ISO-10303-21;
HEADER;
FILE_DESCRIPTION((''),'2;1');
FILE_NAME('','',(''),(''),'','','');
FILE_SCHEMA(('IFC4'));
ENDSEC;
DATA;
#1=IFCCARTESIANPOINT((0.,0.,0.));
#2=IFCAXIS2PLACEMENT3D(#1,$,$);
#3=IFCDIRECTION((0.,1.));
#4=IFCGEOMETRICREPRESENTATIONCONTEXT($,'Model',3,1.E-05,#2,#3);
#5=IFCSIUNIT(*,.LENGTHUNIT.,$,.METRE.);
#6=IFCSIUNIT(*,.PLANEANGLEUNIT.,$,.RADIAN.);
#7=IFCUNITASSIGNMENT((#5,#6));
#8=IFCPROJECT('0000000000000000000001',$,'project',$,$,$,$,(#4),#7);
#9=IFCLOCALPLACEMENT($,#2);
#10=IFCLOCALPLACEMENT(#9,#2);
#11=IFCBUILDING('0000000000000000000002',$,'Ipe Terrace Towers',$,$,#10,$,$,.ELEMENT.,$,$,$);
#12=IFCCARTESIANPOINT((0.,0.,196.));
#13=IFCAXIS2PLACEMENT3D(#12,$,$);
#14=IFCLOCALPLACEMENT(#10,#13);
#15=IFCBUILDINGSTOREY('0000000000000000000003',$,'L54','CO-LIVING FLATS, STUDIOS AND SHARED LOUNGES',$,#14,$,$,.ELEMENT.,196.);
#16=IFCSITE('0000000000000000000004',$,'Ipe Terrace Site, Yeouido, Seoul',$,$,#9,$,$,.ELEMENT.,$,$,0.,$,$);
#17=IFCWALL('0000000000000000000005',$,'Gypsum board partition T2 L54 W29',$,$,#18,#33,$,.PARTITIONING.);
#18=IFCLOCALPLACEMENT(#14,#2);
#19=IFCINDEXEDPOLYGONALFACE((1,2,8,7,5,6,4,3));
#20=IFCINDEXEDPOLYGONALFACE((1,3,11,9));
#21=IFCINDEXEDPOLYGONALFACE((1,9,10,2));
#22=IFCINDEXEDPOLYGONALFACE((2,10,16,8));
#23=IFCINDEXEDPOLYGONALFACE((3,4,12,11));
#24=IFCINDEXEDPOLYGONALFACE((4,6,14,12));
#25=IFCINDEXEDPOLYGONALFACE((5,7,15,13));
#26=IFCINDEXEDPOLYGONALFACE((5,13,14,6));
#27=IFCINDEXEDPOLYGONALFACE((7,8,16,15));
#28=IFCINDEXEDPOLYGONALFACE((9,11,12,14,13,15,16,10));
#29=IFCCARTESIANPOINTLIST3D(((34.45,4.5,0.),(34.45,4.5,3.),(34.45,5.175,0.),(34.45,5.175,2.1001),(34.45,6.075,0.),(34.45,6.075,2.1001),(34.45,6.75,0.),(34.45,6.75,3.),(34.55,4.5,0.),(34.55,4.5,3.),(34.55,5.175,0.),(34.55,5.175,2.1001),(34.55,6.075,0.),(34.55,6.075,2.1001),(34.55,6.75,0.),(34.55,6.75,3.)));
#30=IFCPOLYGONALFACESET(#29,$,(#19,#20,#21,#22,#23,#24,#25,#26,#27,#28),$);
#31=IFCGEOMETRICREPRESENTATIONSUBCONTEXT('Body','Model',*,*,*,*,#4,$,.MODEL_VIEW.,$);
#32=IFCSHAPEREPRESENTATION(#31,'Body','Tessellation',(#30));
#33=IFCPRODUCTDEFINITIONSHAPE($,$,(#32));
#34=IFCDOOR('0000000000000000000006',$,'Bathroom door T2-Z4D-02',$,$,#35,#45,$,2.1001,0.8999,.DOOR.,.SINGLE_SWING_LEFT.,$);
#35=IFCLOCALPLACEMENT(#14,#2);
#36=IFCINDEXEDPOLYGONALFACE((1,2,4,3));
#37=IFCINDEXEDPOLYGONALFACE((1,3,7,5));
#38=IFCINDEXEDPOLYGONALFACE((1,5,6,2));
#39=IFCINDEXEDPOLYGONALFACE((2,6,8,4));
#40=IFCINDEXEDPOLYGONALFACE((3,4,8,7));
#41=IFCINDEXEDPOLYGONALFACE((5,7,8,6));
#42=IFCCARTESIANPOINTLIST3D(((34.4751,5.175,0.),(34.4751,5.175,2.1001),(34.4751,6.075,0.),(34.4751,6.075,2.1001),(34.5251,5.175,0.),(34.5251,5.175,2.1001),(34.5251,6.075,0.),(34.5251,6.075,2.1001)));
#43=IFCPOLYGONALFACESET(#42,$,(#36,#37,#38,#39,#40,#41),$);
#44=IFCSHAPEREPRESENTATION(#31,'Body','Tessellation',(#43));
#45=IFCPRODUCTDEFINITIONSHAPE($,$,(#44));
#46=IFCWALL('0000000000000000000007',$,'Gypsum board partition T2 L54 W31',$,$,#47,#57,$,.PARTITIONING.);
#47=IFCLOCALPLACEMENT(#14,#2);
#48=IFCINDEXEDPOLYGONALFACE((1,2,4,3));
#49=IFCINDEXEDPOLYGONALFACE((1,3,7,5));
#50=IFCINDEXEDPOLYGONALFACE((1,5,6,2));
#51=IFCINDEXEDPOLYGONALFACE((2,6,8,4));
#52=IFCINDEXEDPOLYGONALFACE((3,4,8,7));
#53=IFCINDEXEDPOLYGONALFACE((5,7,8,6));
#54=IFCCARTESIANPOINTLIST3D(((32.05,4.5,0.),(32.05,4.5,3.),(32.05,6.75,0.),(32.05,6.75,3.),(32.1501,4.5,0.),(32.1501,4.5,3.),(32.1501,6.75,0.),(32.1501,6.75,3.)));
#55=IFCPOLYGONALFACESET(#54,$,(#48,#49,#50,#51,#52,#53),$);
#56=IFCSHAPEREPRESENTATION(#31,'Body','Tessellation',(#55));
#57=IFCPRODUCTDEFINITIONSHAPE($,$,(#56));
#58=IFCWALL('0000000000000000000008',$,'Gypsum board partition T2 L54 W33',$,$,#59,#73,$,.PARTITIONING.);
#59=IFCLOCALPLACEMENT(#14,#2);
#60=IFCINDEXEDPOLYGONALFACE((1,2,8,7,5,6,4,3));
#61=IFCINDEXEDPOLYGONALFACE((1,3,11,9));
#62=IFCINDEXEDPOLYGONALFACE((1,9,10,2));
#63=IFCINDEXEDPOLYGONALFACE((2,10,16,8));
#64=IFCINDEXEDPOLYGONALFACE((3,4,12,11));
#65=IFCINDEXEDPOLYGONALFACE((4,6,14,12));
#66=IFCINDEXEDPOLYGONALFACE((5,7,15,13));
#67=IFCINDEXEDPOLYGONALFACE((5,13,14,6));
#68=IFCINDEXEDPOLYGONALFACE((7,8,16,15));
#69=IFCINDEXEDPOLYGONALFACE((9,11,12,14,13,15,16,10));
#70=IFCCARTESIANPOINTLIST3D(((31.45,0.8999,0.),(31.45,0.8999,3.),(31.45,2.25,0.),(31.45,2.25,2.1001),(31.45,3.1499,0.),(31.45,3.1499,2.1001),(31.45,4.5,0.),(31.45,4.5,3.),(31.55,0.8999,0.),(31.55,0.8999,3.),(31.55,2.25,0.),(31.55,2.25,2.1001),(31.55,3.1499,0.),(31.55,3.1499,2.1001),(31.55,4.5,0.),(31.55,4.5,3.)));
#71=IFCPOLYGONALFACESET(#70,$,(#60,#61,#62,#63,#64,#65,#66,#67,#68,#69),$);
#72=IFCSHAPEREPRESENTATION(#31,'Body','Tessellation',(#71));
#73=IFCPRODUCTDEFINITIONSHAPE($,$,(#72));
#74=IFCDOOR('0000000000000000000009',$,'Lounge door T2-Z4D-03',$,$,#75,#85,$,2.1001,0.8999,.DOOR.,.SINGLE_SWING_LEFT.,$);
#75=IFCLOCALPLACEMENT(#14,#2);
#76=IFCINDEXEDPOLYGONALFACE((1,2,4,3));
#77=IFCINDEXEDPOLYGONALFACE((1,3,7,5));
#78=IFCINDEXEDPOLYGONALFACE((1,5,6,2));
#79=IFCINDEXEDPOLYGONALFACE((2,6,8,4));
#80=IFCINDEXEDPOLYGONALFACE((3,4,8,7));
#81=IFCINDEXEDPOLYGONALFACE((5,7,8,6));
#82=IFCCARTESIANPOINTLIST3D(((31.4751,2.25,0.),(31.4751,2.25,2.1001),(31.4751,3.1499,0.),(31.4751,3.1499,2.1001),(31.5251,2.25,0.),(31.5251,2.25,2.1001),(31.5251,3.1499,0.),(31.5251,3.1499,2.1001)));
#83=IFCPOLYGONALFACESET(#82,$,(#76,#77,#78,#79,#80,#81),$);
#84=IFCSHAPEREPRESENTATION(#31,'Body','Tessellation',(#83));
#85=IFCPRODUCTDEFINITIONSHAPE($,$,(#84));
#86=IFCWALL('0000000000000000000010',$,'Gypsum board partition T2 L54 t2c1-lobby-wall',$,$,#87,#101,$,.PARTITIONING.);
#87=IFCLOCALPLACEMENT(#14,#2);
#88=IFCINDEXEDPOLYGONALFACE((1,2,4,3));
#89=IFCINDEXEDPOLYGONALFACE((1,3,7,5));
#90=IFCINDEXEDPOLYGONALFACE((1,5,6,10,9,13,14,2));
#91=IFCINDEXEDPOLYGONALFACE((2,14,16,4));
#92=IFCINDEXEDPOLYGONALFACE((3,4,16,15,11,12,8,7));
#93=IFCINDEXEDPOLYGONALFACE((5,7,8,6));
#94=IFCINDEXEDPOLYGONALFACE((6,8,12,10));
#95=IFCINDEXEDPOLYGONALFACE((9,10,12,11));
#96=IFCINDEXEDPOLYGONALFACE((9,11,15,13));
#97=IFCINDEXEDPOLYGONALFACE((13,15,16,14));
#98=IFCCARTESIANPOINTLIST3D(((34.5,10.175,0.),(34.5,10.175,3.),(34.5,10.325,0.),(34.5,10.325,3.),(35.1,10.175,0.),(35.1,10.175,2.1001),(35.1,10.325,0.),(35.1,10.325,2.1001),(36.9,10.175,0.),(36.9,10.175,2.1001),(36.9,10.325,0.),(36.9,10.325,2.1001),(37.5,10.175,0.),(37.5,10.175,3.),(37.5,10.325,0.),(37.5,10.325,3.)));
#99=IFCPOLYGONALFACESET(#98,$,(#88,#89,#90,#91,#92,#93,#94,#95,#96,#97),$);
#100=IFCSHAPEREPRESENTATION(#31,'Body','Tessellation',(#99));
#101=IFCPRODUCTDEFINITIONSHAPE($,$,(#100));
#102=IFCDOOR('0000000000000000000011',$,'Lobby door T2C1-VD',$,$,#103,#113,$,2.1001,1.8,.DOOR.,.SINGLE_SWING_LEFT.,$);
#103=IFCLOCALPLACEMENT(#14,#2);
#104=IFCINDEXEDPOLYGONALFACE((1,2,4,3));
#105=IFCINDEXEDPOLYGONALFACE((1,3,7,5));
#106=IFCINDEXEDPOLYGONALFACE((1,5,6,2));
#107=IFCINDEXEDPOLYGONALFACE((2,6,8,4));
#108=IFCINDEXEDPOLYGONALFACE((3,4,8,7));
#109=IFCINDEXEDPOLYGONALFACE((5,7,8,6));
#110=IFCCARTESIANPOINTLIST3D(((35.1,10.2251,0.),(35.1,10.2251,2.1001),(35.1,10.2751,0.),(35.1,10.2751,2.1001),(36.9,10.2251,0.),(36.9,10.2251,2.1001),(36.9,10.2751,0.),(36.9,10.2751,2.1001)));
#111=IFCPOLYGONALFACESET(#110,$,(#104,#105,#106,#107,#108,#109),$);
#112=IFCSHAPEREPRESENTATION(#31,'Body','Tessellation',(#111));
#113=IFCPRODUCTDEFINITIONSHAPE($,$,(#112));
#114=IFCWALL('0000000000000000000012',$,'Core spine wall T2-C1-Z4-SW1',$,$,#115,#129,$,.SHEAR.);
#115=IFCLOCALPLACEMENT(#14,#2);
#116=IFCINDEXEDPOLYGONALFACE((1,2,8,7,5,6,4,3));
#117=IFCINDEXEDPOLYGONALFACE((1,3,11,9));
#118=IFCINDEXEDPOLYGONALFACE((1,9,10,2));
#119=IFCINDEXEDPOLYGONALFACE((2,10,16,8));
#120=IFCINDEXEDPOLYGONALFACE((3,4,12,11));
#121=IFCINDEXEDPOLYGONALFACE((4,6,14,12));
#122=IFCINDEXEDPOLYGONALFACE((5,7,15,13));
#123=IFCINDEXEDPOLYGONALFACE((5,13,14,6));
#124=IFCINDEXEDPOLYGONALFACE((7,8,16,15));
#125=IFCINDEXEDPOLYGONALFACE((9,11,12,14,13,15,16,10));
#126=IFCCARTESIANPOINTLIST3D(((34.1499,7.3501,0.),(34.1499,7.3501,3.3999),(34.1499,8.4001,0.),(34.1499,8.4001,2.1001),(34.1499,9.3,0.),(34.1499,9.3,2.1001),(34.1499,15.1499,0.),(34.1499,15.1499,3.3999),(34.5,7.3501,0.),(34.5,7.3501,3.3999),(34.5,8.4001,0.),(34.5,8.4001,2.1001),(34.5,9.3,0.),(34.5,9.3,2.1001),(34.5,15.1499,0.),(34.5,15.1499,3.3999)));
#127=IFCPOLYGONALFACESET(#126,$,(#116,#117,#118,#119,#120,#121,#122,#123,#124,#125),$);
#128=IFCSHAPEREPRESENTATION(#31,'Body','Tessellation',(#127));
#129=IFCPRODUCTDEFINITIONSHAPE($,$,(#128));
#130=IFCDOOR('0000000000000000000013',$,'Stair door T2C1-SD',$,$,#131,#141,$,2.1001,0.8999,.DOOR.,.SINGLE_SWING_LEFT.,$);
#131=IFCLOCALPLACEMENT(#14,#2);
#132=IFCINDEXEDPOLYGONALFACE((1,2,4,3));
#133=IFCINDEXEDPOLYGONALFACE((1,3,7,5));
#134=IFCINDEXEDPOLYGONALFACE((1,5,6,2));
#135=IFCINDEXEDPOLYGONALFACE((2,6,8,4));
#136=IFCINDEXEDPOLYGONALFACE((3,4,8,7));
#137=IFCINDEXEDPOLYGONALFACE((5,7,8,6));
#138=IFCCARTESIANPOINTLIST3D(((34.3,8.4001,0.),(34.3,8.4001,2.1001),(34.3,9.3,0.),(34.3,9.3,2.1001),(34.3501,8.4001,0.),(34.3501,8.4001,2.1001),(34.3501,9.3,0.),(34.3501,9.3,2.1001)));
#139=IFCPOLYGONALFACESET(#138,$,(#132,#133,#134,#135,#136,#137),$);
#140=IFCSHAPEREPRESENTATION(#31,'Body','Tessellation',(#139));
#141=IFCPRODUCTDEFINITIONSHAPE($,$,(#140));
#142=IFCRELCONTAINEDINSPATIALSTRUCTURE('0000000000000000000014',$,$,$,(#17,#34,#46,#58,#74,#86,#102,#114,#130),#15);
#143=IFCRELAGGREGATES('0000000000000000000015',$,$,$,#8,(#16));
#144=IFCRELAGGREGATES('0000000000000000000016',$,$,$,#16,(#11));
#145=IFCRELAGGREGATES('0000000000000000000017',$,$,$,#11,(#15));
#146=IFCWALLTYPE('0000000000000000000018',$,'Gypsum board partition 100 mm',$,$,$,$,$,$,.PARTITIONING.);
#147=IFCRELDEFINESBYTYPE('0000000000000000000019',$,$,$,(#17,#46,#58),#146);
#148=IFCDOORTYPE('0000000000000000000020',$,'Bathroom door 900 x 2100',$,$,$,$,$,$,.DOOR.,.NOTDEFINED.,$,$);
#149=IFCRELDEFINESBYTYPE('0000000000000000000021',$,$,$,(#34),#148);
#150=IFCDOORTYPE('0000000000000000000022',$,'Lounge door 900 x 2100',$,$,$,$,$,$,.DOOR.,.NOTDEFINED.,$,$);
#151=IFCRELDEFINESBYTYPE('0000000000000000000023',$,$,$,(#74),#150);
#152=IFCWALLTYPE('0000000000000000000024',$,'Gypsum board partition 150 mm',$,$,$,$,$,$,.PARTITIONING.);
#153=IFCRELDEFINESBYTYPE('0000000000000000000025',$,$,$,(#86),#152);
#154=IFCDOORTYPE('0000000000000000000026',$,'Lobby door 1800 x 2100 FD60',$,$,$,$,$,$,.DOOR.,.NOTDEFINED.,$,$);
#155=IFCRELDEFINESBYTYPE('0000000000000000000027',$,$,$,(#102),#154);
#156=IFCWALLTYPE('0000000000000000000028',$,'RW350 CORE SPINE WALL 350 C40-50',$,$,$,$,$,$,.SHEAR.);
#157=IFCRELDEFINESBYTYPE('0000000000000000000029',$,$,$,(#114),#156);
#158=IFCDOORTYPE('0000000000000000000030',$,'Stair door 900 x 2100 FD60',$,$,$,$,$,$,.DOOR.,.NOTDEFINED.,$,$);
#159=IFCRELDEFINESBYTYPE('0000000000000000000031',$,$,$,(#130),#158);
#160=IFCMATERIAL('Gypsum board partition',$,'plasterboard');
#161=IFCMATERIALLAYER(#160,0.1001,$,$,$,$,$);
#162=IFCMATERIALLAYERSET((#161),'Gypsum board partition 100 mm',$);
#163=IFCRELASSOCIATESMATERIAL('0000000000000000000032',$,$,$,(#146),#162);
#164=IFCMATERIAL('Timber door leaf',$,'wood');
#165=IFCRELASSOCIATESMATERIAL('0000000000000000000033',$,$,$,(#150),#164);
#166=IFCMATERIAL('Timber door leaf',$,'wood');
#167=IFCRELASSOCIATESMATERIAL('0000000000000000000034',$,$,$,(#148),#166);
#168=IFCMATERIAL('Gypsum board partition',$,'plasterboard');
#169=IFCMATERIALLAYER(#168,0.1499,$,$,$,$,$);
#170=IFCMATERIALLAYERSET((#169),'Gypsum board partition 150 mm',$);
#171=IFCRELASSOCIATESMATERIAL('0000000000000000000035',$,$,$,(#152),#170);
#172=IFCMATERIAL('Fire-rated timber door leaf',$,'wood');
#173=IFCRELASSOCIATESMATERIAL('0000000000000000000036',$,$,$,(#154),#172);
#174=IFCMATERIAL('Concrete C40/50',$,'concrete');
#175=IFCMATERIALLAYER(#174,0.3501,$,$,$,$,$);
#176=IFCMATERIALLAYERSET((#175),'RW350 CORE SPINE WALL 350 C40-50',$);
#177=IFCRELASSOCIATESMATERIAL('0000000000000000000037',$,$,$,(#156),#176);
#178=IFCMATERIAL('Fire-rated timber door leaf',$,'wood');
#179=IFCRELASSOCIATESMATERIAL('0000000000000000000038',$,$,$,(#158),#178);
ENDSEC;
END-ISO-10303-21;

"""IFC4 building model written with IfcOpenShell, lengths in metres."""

from ifc_helpers import new_model, si_unit, direction, frame, frame_2d, origin, place, context, subcontext, project, spatial, rectangle, extrude, material, layer, layer_set, type_object, element, fill, save


model = new_model("IFC4")

# Units and contexts
model_context = context("Model", 3, precision=1e-05, world=origin(), true_north=direction((0.0, 1.0)))
body_context = subcontext(model_context, "Body", "Model", "MODEL_VIEW")
ifc_project = project(units=[si_unit("LENGTHUNIT", "METRE"), si_unit("PLANEANGLEUNIT", "RADIAN")], contexts=[model_context])

# Site, building, storey
site_placement = place(None, origin())
site = spatial("IfcSite", under=ifc_project, at=site_placement, Name="Ipe Terrace Site, Yeouido, Seoul", CompositionType="ELEMENT", RefElevation=0.0)
building_placement = place(site_placement, origin())
building = spatial("IfcBuilding", under=site, at=building_placement, Name="Ipe Terrace Towers", CompositionType="ELEMENT")
storey_placement = place(building_placement, frame((0.0, 0.0, 196.0)))
storey = spatial("IfcBuildingStorey", under=building, at=storey_placement, Name="L54", Description="CO-LIVING FLATS, STUDIOS AND SHARED LOUNGES", CompositionType="ELEMENT", Elevation=196.0)

# Shared definitions
ifc_material_1 = material(Name="Gypsum board partition", Category="plasterboard")
ifc_layer_1 = layer(ifc_material_1, 0.1001)
ifc_layer_set_1 = layer_set([ifc_layer_1], Name="Gypsum board partition 100 mm")
wall_type_1 = type_object("IfcWallType", Name="Gypsum board partition 100 mm", PredefinedType="PARTITIONING", material=ifc_layer_set_1)

# Shared definitions
ifc_material_2 = material(Name="Timber door leaf", Category="wood")
door_type_1 = type_object("IfcDoorType", Name="Lounge door 900 x 2100", OperationType="NOTDEFINED", PredefinedType="DOOR", material=ifc_material_2)

# Wall, opening, door
wall_1_placement = place(storey_placement, frame((34.5, 4.5, 0.0), z_axis=(0.0, 0.0, 1.0), x_axis=(0.0, 1.0, 0.0)))
wall_1 = element("IfcWall", 1, at=wall_1_placement, inside=storey, type_object=wall_type_1, Name="Gypsum board partition T2 L54 W29", PredefinedType="PARTITIONING", context=body_context, shape_type="SweptSolid", body=[
    extrude(rectangle(XDim=2.25, YDim=0.1001, at=frame_2d((1.125, 0.0))), origin(), (0.0, 0.0, 1.0), 3.0),
])
opening_1_placement = place(wall_1_placement, frame((0.675, 0.0, 0.0)))
opening_1 = element("IfcOpeningElement", 2, at=opening_1_placement, cuts=wall_1, PredefinedType="OPENING", context=body_context, shape_type="SweptSolid", body=[
    extrude(rectangle(XDim=0.8999, YDim=2.1001, at=frame_2d((0.45, 1.05))), frame((0.0, 0.0601, 0.0), z_axis=(0.0, -1.0, 0.0), x_axis=(1.0, 0.0, 0.0)), (0.0, 0.0, 1.0), 0.1201),
])
ifc_material_3 = material(Name="Timber door leaf", Category="wood")
door_type_2 = type_object("IfcDoorType", Name="Bathroom door 900 x 2100", OperationType="NOTDEFINED", PredefinedType="DOOR", material=ifc_material_3)
door_1_placement = place(opening_1_placement, origin())
door_1 = element("IfcDoor", 3, at=door_1_placement, inside=storey, type_object=door_type_2, Name="Bathroom door T2-Z4D-02", OperationType="SINGLE_SWING_LEFT", OverallHeight=2.1001, OverallWidth=0.8999, PredefinedType="DOOR", context=body_context, shape_type="SweptSolid", body=[
    extrude(rectangle(XDim=0.8999, YDim=2.1001, at=frame_2d((0.45, 1.05))), frame((0.0, 0.0249, 0.0), z_axis=(0.0, -1.0, 0.0), x_axis=(1.0, 0.0, 0.0)), (0.0, 0.0, 1.0), 0.05),
])
fill(opening_1, door_1)

# Wall
wall_2_placement = place(storey_placement, frame((32.1001, 4.5, 0.0), z_axis=(0.0, 0.0, 1.0), x_axis=(0.0, 1.0, 0.0)))
element("IfcWall", 4, at=wall_2_placement, inside=storey, type_object=wall_type_1, Name="Gypsum board partition T2 L54 W31", PredefinedType="PARTITIONING", context=body_context, shape_type="SweptSolid", body=[
    extrude(rectangle(XDim=2.25, YDim=0.1001, at=frame_2d((1.125, 0.0))), origin(), (0.0, 0.0, 1.0), 3.0),
])

# Walls, openings, doors
wall_3_placement = place(storey_placement, frame((31.5, 0.8999, 0.0), z_axis=(0.0, 0.0, 1.0), x_axis=(0.0, 1.0, 0.0)))
wall_3 = element("IfcWall", 5, at=wall_3_placement, inside=storey, type_object=wall_type_1, Name="Gypsum board partition T2 L54 W33", PredefinedType="PARTITIONING", context=body_context, shape_type="SweptSolid", body=[
    extrude(rectangle(XDim=3.6001, YDim=0.1001, at=frame_2d((1.8, 0.0))), origin(), (0.0, 0.0, 1.0), 3.0),
])
opening_2_placement = place(wall_3_placement, frame((1.3501, 0.0, 0.0)))
opening_2 = element("IfcOpeningElement", 6, at=opening_2_placement, cuts=wall_3, PredefinedType="OPENING", context=body_context, shape_type="SweptSolid", body=[
    extrude(rectangle(XDim=0.8999, YDim=2.1001, at=frame_2d((0.45, 1.05))), frame((0.0, 0.0601, 0.0), z_axis=(0.0, -1.0, 0.0), x_axis=(1.0, 0.0, 0.0)), (0.0, 0.0, 1.0), 0.1201),
])
door_2_placement = place(opening_2_placement, origin())
door_2 = element("IfcDoor", 7, at=door_2_placement, inside=storey, type_object=door_type_1, Name="Lounge door T2-Z4D-03", OperationType="SINGLE_SWING_LEFT", OverallHeight=2.1001, OverallWidth=0.8999, PredefinedType="DOOR", context=body_context, shape_type="SweptSolid", body=[
    extrude(rectangle(XDim=0.8999, YDim=2.1001, at=frame_2d((0.45, 1.05))), frame((0.0, 0.0249, 0.0), z_axis=(0.0, -1.0, 0.0), x_axis=(1.0, 0.0, 0.0)), (0.0, 0.0, 1.0), 0.05),
])
fill(opening_2, door_2)
ifc_material_4 = material(Name="Gypsum board partition", Category="plasterboard")
ifc_layer_2 = layer(ifc_material_4, 0.1499)
ifc_layer_set_2 = layer_set([ifc_layer_2], Name="Gypsum board partition 150 mm")
wall_type_2 = type_object("IfcWallType", Name="Gypsum board partition 150 mm", PredefinedType="PARTITIONING", material=ifc_layer_set_2)
wall_4_placement = place(storey_placement, frame((37.5, 10.25, 0.0), z_axis=(0.0, 0.0, 1.0), x_axis=(-1.0, 0.0, 0.0)))
wall_4 = element("IfcWall", 8, at=wall_4_placement, inside=storey, type_object=wall_type_2, Name="Gypsum board partition T2 L54 t2c1-lobby-wall", PredefinedType="PARTITIONING", context=body_context, shape_type="SweptSolid", body=[
    extrude(rectangle(XDim=3.0, YDim=0.1499, at=frame_2d((1.5, 0.0))), origin(), (0.0, 0.0, 1.0), 3.0),
])
opening_3_placement = place(wall_4_placement, frame((0.6001, 0.0, 0.0)))
opening_3 = element("IfcOpeningElement", 9, at=opening_3_placement, cuts=wall_4, PredefinedType="OPENING", context=body_context, shape_type="SweptSolid", body=[
    extrude(rectangle(XDim=1.8, YDim=2.1001, at=frame_2d((0.8999, 1.05))), frame((0.0, 0.085, 0.0), z_axis=(0.0, -1.0, 0.0), x_axis=(1.0, 0.0, 0.0)), (0.0, 0.0, 1.0), 0.1699),
])
ifc_material_5 = material(Name="Fire-rated timber door leaf", Category="wood")
door_type_3 = type_object("IfcDoorType", Name="Lobby door 1800 x 2100 FD60", OperationType="NOTDEFINED", PredefinedType="DOOR", material=ifc_material_5)
door_3_placement = place(opening_3_placement, origin())
door_3 = element("IfcDoor", 10, at=door_3_placement, inside=storey, type_object=door_type_3, Name="Lobby door T2C1-VD", OperationType="SINGLE_SWING_LEFT", OverallHeight=2.1001, OverallWidth=1.8, PredefinedType="DOOR", context=body_context, shape_type="SweptSolid", body=[
    extrude(rectangle(XDim=1.8, YDim=2.1001, at=frame_2d((0.8999, 1.05))), frame((0.0, 0.0249, 0.0), z_axis=(0.0, -1.0, 0.0), x_axis=(1.0, 0.0, 0.0)), (0.0, 0.0, 1.0), 0.05),
])
fill(opening_3, door_3)
ifc_material_6 = material(Name="Concrete C40/50", Category="concrete")
ifc_layer_3 = layer(ifc_material_6, 0.3501)
ifc_layer_set_3 = layer_set([ifc_layer_3], Name="RW350 CORE SPINE WALL 350 C40-50")
wall_type_3 = type_object("IfcWallType", Name="RW350 CORE SPINE WALL 350 C40-50", PredefinedType="SHEAR", material=ifc_layer_set_3)
wall_5_placement = place(storey_placement, frame((34.325, 7.3501, 0.0), z_axis=(0.0, 0.0, 1.0), x_axis=(0.0, 1.0, 0.0)))
wall_5 = element("IfcWall", 11, at=wall_5_placement, inside=storey, type_object=wall_type_3, Name="Core spine wall T2-C1-Z4-SW1", PredefinedType="SHEAR", context=body_context, shape_type="SweptSolid", body=[
    extrude(rectangle(XDim=7.7998, YDim=0.3501, at=frame_2d((3.8999, 0.0))), origin(), (0.0, 0.0, 1.0), 3.3999),
])
opening_4_placement = place(wall_5_placement, frame((1.05, 0.0, 0.0)))
opening_4 = element("IfcOpeningElement", 12, at=opening_4_placement, cuts=wall_5, PredefinedType="OPENING", context=body_context, shape_type="SweptSolid", body=[
    extrude(rectangle(XDim=0.8999, YDim=2.1001, at=frame_2d((0.45, 1.05))), frame((0.0, 0.1851, 0.0), z_axis=(0.0, -1.0, 0.0), x_axis=(1.0, 0.0, 0.0)), (0.0, 0.0, 1.0), 0.3701),
])
ifc_material_7 = material(Name="Fire-rated timber door leaf", Category="wood")
door_type_4 = type_object("IfcDoorType", Name="Stair door 900 x 2100 FD60", OperationType="NOTDEFINED", PredefinedType="DOOR", material=ifc_material_7)
door_4_placement = place(opening_4_placement, origin())
door_4 = element("IfcDoor", 13, at=door_4_placement, inside=storey, type_object=door_type_4, Name="Stair door T2C1-SD", OperationType="SINGLE_SWING_LEFT", OverallHeight=2.1001, OverallWidth=0.8999, PredefinedType="DOOR", context=body_context, shape_type="SweptSolid", body=[
    extrude(rectangle(XDim=0.8999, YDim=2.1001, at=frame_2d((0.45, 1.05))), frame((0.0, 0.0249, 0.0), z_axis=(0.0, -1.0, 0.0), x_axis=(1.0, 0.0, 0.0)), (0.0, 0.0, 1.0), 0.05),
])
fill(opening_4, door_4)

save(model, "model.ifc")
